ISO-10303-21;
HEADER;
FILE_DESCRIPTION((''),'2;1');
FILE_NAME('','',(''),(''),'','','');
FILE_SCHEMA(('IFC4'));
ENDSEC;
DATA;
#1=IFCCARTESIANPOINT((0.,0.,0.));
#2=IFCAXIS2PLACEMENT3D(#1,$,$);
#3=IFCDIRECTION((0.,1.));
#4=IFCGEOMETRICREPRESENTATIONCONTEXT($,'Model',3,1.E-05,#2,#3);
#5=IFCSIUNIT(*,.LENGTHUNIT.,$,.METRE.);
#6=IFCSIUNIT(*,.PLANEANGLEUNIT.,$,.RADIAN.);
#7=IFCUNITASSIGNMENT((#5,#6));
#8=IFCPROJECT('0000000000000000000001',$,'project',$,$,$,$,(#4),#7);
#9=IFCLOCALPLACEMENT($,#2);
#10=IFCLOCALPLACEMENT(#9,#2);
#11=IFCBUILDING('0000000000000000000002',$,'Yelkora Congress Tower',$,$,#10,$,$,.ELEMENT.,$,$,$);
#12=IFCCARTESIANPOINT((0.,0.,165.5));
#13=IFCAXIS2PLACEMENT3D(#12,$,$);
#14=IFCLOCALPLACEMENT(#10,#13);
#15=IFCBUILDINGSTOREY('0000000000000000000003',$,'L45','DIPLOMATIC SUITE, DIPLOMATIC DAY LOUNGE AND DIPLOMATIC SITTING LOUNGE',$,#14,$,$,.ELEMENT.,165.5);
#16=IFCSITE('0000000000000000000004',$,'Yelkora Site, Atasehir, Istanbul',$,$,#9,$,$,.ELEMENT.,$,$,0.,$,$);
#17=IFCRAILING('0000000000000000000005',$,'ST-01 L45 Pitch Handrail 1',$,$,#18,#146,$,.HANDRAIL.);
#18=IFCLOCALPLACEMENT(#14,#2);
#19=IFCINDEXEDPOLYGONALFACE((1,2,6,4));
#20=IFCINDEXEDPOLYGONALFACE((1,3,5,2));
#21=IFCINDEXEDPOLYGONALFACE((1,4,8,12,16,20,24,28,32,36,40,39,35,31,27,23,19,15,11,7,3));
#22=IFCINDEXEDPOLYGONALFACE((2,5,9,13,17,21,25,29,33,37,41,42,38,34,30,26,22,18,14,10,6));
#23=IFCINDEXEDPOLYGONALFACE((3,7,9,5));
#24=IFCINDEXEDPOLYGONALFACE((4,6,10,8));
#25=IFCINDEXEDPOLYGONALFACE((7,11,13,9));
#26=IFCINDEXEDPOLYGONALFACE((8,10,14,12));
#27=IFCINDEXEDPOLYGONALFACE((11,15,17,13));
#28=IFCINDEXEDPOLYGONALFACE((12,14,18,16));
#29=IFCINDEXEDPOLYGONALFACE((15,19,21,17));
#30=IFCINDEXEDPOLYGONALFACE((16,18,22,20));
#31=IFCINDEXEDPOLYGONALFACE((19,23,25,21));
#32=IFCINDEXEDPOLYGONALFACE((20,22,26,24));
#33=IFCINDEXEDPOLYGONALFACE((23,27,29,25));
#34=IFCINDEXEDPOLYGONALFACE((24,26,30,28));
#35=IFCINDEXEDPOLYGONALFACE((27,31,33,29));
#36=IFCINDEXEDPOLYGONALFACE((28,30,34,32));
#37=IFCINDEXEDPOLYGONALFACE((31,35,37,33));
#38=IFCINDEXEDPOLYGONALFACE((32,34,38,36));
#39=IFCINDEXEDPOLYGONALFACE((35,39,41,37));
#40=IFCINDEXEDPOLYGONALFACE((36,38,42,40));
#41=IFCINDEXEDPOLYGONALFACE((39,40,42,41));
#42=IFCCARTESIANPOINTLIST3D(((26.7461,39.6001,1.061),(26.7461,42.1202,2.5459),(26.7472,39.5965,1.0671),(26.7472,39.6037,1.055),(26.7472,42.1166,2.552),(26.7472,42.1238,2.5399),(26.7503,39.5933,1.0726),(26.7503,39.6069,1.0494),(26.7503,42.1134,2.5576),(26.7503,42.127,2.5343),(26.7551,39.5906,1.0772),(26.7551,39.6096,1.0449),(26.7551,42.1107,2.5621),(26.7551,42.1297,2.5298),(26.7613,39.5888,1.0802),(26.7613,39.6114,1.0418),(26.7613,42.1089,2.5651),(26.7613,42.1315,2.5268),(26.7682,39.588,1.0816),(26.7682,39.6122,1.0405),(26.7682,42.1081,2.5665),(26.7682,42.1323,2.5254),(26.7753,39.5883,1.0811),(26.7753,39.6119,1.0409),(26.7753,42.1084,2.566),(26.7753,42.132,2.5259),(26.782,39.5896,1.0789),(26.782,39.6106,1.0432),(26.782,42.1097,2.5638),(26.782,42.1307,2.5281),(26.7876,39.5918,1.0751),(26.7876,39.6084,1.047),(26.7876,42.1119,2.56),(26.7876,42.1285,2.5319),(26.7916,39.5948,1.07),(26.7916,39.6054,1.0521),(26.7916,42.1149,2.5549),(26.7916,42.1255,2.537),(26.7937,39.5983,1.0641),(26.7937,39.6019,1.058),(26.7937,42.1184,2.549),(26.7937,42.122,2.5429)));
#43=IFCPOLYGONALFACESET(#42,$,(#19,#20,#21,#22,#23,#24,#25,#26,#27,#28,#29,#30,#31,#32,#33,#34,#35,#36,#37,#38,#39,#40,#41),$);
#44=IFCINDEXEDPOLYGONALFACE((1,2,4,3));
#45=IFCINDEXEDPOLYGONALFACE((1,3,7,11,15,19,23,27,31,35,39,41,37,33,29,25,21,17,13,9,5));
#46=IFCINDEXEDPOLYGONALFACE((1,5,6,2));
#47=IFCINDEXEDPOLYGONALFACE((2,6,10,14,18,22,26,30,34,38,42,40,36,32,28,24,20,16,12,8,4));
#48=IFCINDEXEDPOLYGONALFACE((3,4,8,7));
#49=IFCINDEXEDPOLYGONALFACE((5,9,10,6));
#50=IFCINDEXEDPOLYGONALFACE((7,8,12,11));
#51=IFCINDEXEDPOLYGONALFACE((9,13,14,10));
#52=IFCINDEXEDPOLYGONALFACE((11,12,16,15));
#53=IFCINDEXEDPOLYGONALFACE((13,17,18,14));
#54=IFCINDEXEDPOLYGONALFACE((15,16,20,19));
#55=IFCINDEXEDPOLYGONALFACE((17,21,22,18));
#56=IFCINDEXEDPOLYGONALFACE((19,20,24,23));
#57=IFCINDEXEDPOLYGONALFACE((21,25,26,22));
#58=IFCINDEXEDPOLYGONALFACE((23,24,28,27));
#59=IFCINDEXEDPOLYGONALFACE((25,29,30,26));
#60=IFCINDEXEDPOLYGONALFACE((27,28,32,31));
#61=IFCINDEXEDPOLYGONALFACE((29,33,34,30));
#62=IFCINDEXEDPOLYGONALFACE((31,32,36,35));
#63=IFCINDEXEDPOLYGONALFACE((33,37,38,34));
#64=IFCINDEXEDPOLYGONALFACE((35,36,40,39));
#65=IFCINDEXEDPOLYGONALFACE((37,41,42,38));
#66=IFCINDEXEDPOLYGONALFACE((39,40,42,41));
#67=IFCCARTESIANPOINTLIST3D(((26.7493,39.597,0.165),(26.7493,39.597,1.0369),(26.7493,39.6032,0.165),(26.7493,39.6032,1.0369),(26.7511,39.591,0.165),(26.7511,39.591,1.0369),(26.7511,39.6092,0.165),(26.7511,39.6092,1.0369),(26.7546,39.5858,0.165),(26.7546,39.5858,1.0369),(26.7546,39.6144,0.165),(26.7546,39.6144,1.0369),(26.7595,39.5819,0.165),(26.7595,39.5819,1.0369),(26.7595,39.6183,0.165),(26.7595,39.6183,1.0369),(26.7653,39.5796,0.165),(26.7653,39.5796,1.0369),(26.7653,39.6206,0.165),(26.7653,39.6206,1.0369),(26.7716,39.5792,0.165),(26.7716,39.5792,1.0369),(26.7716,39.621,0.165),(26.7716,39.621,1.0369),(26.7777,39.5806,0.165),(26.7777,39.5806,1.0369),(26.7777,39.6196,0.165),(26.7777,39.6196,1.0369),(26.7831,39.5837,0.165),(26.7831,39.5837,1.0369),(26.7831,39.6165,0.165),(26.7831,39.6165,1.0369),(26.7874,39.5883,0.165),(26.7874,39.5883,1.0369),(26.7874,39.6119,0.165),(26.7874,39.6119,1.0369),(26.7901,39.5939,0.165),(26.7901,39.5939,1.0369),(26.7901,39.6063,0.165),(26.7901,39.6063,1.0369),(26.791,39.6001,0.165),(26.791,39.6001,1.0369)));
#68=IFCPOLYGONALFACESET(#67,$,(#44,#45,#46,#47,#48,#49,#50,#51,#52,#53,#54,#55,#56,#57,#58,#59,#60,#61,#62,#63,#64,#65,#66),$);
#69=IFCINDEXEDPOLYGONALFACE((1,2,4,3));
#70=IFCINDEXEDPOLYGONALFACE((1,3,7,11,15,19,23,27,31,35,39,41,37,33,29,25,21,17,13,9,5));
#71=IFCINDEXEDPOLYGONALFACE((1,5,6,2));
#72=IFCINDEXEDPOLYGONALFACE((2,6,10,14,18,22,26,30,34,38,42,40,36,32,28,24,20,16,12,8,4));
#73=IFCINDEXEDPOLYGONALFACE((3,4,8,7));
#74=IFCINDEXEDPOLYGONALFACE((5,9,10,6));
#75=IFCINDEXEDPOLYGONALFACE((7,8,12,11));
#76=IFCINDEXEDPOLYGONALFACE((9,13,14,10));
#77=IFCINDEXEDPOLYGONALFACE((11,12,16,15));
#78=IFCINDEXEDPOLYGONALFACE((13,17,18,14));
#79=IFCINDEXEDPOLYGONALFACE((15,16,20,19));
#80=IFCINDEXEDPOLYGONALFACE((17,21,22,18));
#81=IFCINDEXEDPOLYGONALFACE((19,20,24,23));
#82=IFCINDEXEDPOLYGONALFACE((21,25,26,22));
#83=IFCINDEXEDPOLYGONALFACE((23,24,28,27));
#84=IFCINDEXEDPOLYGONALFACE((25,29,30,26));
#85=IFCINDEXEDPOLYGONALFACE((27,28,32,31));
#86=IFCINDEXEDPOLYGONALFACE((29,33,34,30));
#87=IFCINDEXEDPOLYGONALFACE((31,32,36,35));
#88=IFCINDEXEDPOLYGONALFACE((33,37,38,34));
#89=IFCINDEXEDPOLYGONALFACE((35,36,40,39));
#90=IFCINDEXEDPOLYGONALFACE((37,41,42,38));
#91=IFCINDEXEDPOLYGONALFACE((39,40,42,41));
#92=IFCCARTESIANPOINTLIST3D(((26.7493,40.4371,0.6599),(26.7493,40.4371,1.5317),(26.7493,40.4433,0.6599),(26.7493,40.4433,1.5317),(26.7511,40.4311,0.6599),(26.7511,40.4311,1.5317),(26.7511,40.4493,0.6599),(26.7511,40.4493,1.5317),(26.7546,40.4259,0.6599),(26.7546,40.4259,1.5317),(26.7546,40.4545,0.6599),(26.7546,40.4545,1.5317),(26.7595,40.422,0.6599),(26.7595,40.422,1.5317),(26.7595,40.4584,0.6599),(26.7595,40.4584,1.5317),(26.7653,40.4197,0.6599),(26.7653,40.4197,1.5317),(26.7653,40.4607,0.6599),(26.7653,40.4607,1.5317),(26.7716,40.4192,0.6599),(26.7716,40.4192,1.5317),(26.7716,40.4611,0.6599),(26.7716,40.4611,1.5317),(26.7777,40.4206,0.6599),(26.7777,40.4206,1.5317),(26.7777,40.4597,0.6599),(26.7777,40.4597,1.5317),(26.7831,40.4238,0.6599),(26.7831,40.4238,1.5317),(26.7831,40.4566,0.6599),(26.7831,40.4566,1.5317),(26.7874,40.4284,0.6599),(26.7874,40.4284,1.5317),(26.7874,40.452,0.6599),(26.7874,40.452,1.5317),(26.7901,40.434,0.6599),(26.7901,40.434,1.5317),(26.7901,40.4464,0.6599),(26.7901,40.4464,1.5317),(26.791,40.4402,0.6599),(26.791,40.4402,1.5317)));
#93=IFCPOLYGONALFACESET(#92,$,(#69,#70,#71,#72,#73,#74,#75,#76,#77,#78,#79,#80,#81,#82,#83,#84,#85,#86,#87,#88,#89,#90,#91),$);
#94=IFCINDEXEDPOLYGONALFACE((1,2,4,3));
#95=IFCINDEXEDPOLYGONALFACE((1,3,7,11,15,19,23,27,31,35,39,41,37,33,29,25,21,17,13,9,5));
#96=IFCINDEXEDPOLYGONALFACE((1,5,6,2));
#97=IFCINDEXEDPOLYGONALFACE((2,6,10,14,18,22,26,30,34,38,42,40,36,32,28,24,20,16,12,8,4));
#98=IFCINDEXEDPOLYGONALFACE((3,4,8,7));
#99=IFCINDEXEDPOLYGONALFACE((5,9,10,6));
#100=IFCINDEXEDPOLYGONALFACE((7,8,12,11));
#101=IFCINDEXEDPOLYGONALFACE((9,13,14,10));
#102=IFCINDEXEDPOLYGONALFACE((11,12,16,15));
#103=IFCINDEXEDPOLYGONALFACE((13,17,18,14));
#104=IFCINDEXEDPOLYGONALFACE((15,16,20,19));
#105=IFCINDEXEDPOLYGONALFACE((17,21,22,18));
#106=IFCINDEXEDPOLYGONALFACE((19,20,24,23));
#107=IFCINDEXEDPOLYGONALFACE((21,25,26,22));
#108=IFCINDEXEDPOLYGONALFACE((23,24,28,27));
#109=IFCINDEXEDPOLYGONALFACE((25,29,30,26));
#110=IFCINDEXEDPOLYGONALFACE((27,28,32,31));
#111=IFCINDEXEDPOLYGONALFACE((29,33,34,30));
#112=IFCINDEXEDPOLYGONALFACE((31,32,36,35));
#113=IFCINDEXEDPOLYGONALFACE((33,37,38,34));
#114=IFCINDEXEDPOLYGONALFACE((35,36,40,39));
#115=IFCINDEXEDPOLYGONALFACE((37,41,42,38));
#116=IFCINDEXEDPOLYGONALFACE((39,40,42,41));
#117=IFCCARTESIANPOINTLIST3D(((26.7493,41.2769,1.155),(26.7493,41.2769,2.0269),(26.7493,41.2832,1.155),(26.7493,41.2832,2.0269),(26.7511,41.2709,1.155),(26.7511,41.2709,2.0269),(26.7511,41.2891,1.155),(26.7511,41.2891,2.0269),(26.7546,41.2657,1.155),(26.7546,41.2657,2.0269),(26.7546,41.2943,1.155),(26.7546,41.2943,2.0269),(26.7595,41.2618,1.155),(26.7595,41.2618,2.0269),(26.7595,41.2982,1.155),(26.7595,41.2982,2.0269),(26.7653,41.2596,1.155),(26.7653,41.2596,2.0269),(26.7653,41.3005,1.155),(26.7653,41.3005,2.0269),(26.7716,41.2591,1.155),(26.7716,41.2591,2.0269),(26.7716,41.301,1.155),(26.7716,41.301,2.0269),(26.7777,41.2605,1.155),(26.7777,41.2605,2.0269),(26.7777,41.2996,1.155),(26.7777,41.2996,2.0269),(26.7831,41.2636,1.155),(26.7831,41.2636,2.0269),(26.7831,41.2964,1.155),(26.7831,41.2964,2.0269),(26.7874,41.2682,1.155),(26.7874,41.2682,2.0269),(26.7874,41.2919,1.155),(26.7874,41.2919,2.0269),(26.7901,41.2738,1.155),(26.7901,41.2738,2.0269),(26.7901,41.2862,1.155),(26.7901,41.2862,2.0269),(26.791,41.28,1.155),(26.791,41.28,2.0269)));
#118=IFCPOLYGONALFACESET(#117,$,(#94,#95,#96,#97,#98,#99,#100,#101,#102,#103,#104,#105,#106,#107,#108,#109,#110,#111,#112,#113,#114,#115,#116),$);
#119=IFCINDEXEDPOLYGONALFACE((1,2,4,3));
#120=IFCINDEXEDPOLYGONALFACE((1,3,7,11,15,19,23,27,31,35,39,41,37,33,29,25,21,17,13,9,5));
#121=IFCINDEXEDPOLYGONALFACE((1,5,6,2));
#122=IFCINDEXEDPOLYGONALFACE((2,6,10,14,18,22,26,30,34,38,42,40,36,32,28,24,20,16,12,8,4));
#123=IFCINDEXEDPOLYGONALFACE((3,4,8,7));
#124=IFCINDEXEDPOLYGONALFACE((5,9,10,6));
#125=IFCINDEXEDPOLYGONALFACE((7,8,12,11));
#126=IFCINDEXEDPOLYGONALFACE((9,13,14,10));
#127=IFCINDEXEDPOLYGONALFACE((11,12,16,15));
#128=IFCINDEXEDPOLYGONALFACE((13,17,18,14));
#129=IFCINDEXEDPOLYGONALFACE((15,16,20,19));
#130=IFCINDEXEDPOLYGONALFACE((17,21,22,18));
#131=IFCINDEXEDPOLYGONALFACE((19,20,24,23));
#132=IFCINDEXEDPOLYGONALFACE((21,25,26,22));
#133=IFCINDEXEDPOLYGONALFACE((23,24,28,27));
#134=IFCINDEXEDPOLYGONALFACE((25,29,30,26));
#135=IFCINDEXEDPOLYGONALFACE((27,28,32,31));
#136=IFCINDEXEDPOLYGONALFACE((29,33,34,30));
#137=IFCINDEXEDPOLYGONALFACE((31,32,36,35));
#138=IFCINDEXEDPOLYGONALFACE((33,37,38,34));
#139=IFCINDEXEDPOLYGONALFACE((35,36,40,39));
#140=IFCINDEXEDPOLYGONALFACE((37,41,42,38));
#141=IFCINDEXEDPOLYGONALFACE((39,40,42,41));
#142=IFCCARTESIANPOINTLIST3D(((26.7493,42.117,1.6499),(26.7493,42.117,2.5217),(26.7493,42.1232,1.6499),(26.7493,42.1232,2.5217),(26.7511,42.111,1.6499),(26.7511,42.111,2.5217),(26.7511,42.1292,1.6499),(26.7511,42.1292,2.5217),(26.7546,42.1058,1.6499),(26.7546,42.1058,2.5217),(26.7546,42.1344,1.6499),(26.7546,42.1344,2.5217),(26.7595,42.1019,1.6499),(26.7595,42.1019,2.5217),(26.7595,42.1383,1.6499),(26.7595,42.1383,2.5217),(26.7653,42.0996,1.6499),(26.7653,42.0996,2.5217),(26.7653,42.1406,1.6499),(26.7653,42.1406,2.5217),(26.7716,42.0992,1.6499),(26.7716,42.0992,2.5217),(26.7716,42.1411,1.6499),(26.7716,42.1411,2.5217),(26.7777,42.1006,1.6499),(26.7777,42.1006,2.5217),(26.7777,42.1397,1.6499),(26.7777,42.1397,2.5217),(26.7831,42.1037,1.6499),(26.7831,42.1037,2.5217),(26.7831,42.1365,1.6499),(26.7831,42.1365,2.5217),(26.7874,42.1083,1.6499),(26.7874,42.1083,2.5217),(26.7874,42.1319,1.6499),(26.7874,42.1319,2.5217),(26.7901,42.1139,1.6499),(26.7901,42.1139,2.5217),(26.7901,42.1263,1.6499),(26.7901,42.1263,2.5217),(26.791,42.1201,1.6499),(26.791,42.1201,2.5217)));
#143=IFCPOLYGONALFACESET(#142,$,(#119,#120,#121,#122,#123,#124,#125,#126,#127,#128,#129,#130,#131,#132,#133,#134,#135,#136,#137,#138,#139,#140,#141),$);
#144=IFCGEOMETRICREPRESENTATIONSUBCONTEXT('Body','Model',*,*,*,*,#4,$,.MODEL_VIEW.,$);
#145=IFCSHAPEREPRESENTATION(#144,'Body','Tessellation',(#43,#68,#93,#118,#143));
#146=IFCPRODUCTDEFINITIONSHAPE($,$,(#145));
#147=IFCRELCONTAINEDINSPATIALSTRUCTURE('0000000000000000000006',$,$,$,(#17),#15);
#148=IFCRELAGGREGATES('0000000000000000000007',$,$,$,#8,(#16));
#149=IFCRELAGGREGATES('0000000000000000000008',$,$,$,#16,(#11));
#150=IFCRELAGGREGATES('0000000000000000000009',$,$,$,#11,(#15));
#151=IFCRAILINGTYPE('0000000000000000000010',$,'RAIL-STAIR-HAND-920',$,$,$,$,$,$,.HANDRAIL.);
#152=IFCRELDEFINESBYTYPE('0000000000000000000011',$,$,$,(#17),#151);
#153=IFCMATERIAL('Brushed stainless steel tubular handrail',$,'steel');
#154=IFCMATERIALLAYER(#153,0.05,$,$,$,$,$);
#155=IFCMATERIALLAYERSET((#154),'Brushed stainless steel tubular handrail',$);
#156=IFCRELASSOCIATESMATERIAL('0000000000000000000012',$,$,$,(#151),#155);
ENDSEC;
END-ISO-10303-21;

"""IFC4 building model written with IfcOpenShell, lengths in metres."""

from ifc_helpers import new_model, si_unit, direction, frame, origin, origin_2d, place, context, subcontext, project, spatial, circle, extrude, material, layer, layer_set, type_object, element, save


model = new_model("IFC4")

# Units and contexts
model_context = context("Model", 3, precision=1e-05, world=origin(), true_north=direction((0.0, 1.0)))
body_context = subcontext(model_context, "Body", "Model", "MODEL_VIEW")
ifc_project = project(units=[si_unit("LENGTHUNIT", "METRE"), si_unit("PLANEANGLEUNIT", "RADIAN")], contexts=[model_context])

# Site, building, storey
site_placement = place(None, origin())
site = spatial("IfcSite", under=ifc_project, at=site_placement, Name="Yelkora Site, Atasehir, Istanbul", CompositionType="ELEMENT", RefElevation=0.0)
building_placement = place(site_placement, origin())
building = spatial("IfcBuilding", under=site, at=building_placement, Name="Yelkora Congress Tower", CompositionType="ELEMENT")
storey_placement = place(building_placement, frame((0.0, 0.0, 165.5)))
storey = spatial("IfcBuildingStorey", under=building, at=storey_placement, Name="L45", Description="DIPLOMATIC SUITE, DIPLOMATIC DAY LOUNGE AND DIPLOMATIC SITTING LOUNGE", CompositionType="ELEMENT", Elevation=165.5)

# Railing
ifc_material_1 = material(Name="Brushed stainless steel tubular handrail", Category="steel")
ifc_layer_1 = layer(ifc_material_1, 0.05)
ifc_layer_set_1 = layer_set([ifc_layer_1], Name="Brushed stainless steel tubular handrail")
railing_type_1 = type_object("IfcRailingType", Name="RAIL-STAIR-HAND-920", PredefinedType="HANDRAIL", material=ifc_layer_set_1)
railing_1_placement = place(storey_placement, frame((26.77, 39.6001, 0.165)))
element("IfcRailing", 1, at=railing_1_placement, inside=storey, type_object=railing_type_1, Name="ST-01 L45 Pitch Handrail 1", PredefinedType="HANDRAIL", context=body_context, shape_type="SweptSolid", body=[
    extrude(circle(Radius=0.0239, at=origin_2d()), frame((0.0, 0.0, 0.896), z_axis=(0.0, 0.861561, 0.507655), x_axis=(-1.0, 0.0, 0.0)), (0.0, 0.0, 1.0), 2.925),
    extrude(circle(Radius=0.021, at=origin_2d()), origin(), (0.0, 0.0, 1.0), 0.8718),
    extrude(circle(Radius=0.021, at=origin_2d()), frame((0.0, 0.8401, 0.4949)), (0.0, 0.0, 1.0), 0.8718),
    extrude(circle(Radius=0.021, at=origin_2d()), frame((0.0, 1.6799, 0.99)), (0.0, 0.0, 1.0), 0.8718),
    extrude(circle(Radius=0.021, at=origin_2d()), frame((0.0, 2.52, 1.4849)), (0.0, 0.0, 1.0), 0.8718),
])

save(model, "model.ifc")
